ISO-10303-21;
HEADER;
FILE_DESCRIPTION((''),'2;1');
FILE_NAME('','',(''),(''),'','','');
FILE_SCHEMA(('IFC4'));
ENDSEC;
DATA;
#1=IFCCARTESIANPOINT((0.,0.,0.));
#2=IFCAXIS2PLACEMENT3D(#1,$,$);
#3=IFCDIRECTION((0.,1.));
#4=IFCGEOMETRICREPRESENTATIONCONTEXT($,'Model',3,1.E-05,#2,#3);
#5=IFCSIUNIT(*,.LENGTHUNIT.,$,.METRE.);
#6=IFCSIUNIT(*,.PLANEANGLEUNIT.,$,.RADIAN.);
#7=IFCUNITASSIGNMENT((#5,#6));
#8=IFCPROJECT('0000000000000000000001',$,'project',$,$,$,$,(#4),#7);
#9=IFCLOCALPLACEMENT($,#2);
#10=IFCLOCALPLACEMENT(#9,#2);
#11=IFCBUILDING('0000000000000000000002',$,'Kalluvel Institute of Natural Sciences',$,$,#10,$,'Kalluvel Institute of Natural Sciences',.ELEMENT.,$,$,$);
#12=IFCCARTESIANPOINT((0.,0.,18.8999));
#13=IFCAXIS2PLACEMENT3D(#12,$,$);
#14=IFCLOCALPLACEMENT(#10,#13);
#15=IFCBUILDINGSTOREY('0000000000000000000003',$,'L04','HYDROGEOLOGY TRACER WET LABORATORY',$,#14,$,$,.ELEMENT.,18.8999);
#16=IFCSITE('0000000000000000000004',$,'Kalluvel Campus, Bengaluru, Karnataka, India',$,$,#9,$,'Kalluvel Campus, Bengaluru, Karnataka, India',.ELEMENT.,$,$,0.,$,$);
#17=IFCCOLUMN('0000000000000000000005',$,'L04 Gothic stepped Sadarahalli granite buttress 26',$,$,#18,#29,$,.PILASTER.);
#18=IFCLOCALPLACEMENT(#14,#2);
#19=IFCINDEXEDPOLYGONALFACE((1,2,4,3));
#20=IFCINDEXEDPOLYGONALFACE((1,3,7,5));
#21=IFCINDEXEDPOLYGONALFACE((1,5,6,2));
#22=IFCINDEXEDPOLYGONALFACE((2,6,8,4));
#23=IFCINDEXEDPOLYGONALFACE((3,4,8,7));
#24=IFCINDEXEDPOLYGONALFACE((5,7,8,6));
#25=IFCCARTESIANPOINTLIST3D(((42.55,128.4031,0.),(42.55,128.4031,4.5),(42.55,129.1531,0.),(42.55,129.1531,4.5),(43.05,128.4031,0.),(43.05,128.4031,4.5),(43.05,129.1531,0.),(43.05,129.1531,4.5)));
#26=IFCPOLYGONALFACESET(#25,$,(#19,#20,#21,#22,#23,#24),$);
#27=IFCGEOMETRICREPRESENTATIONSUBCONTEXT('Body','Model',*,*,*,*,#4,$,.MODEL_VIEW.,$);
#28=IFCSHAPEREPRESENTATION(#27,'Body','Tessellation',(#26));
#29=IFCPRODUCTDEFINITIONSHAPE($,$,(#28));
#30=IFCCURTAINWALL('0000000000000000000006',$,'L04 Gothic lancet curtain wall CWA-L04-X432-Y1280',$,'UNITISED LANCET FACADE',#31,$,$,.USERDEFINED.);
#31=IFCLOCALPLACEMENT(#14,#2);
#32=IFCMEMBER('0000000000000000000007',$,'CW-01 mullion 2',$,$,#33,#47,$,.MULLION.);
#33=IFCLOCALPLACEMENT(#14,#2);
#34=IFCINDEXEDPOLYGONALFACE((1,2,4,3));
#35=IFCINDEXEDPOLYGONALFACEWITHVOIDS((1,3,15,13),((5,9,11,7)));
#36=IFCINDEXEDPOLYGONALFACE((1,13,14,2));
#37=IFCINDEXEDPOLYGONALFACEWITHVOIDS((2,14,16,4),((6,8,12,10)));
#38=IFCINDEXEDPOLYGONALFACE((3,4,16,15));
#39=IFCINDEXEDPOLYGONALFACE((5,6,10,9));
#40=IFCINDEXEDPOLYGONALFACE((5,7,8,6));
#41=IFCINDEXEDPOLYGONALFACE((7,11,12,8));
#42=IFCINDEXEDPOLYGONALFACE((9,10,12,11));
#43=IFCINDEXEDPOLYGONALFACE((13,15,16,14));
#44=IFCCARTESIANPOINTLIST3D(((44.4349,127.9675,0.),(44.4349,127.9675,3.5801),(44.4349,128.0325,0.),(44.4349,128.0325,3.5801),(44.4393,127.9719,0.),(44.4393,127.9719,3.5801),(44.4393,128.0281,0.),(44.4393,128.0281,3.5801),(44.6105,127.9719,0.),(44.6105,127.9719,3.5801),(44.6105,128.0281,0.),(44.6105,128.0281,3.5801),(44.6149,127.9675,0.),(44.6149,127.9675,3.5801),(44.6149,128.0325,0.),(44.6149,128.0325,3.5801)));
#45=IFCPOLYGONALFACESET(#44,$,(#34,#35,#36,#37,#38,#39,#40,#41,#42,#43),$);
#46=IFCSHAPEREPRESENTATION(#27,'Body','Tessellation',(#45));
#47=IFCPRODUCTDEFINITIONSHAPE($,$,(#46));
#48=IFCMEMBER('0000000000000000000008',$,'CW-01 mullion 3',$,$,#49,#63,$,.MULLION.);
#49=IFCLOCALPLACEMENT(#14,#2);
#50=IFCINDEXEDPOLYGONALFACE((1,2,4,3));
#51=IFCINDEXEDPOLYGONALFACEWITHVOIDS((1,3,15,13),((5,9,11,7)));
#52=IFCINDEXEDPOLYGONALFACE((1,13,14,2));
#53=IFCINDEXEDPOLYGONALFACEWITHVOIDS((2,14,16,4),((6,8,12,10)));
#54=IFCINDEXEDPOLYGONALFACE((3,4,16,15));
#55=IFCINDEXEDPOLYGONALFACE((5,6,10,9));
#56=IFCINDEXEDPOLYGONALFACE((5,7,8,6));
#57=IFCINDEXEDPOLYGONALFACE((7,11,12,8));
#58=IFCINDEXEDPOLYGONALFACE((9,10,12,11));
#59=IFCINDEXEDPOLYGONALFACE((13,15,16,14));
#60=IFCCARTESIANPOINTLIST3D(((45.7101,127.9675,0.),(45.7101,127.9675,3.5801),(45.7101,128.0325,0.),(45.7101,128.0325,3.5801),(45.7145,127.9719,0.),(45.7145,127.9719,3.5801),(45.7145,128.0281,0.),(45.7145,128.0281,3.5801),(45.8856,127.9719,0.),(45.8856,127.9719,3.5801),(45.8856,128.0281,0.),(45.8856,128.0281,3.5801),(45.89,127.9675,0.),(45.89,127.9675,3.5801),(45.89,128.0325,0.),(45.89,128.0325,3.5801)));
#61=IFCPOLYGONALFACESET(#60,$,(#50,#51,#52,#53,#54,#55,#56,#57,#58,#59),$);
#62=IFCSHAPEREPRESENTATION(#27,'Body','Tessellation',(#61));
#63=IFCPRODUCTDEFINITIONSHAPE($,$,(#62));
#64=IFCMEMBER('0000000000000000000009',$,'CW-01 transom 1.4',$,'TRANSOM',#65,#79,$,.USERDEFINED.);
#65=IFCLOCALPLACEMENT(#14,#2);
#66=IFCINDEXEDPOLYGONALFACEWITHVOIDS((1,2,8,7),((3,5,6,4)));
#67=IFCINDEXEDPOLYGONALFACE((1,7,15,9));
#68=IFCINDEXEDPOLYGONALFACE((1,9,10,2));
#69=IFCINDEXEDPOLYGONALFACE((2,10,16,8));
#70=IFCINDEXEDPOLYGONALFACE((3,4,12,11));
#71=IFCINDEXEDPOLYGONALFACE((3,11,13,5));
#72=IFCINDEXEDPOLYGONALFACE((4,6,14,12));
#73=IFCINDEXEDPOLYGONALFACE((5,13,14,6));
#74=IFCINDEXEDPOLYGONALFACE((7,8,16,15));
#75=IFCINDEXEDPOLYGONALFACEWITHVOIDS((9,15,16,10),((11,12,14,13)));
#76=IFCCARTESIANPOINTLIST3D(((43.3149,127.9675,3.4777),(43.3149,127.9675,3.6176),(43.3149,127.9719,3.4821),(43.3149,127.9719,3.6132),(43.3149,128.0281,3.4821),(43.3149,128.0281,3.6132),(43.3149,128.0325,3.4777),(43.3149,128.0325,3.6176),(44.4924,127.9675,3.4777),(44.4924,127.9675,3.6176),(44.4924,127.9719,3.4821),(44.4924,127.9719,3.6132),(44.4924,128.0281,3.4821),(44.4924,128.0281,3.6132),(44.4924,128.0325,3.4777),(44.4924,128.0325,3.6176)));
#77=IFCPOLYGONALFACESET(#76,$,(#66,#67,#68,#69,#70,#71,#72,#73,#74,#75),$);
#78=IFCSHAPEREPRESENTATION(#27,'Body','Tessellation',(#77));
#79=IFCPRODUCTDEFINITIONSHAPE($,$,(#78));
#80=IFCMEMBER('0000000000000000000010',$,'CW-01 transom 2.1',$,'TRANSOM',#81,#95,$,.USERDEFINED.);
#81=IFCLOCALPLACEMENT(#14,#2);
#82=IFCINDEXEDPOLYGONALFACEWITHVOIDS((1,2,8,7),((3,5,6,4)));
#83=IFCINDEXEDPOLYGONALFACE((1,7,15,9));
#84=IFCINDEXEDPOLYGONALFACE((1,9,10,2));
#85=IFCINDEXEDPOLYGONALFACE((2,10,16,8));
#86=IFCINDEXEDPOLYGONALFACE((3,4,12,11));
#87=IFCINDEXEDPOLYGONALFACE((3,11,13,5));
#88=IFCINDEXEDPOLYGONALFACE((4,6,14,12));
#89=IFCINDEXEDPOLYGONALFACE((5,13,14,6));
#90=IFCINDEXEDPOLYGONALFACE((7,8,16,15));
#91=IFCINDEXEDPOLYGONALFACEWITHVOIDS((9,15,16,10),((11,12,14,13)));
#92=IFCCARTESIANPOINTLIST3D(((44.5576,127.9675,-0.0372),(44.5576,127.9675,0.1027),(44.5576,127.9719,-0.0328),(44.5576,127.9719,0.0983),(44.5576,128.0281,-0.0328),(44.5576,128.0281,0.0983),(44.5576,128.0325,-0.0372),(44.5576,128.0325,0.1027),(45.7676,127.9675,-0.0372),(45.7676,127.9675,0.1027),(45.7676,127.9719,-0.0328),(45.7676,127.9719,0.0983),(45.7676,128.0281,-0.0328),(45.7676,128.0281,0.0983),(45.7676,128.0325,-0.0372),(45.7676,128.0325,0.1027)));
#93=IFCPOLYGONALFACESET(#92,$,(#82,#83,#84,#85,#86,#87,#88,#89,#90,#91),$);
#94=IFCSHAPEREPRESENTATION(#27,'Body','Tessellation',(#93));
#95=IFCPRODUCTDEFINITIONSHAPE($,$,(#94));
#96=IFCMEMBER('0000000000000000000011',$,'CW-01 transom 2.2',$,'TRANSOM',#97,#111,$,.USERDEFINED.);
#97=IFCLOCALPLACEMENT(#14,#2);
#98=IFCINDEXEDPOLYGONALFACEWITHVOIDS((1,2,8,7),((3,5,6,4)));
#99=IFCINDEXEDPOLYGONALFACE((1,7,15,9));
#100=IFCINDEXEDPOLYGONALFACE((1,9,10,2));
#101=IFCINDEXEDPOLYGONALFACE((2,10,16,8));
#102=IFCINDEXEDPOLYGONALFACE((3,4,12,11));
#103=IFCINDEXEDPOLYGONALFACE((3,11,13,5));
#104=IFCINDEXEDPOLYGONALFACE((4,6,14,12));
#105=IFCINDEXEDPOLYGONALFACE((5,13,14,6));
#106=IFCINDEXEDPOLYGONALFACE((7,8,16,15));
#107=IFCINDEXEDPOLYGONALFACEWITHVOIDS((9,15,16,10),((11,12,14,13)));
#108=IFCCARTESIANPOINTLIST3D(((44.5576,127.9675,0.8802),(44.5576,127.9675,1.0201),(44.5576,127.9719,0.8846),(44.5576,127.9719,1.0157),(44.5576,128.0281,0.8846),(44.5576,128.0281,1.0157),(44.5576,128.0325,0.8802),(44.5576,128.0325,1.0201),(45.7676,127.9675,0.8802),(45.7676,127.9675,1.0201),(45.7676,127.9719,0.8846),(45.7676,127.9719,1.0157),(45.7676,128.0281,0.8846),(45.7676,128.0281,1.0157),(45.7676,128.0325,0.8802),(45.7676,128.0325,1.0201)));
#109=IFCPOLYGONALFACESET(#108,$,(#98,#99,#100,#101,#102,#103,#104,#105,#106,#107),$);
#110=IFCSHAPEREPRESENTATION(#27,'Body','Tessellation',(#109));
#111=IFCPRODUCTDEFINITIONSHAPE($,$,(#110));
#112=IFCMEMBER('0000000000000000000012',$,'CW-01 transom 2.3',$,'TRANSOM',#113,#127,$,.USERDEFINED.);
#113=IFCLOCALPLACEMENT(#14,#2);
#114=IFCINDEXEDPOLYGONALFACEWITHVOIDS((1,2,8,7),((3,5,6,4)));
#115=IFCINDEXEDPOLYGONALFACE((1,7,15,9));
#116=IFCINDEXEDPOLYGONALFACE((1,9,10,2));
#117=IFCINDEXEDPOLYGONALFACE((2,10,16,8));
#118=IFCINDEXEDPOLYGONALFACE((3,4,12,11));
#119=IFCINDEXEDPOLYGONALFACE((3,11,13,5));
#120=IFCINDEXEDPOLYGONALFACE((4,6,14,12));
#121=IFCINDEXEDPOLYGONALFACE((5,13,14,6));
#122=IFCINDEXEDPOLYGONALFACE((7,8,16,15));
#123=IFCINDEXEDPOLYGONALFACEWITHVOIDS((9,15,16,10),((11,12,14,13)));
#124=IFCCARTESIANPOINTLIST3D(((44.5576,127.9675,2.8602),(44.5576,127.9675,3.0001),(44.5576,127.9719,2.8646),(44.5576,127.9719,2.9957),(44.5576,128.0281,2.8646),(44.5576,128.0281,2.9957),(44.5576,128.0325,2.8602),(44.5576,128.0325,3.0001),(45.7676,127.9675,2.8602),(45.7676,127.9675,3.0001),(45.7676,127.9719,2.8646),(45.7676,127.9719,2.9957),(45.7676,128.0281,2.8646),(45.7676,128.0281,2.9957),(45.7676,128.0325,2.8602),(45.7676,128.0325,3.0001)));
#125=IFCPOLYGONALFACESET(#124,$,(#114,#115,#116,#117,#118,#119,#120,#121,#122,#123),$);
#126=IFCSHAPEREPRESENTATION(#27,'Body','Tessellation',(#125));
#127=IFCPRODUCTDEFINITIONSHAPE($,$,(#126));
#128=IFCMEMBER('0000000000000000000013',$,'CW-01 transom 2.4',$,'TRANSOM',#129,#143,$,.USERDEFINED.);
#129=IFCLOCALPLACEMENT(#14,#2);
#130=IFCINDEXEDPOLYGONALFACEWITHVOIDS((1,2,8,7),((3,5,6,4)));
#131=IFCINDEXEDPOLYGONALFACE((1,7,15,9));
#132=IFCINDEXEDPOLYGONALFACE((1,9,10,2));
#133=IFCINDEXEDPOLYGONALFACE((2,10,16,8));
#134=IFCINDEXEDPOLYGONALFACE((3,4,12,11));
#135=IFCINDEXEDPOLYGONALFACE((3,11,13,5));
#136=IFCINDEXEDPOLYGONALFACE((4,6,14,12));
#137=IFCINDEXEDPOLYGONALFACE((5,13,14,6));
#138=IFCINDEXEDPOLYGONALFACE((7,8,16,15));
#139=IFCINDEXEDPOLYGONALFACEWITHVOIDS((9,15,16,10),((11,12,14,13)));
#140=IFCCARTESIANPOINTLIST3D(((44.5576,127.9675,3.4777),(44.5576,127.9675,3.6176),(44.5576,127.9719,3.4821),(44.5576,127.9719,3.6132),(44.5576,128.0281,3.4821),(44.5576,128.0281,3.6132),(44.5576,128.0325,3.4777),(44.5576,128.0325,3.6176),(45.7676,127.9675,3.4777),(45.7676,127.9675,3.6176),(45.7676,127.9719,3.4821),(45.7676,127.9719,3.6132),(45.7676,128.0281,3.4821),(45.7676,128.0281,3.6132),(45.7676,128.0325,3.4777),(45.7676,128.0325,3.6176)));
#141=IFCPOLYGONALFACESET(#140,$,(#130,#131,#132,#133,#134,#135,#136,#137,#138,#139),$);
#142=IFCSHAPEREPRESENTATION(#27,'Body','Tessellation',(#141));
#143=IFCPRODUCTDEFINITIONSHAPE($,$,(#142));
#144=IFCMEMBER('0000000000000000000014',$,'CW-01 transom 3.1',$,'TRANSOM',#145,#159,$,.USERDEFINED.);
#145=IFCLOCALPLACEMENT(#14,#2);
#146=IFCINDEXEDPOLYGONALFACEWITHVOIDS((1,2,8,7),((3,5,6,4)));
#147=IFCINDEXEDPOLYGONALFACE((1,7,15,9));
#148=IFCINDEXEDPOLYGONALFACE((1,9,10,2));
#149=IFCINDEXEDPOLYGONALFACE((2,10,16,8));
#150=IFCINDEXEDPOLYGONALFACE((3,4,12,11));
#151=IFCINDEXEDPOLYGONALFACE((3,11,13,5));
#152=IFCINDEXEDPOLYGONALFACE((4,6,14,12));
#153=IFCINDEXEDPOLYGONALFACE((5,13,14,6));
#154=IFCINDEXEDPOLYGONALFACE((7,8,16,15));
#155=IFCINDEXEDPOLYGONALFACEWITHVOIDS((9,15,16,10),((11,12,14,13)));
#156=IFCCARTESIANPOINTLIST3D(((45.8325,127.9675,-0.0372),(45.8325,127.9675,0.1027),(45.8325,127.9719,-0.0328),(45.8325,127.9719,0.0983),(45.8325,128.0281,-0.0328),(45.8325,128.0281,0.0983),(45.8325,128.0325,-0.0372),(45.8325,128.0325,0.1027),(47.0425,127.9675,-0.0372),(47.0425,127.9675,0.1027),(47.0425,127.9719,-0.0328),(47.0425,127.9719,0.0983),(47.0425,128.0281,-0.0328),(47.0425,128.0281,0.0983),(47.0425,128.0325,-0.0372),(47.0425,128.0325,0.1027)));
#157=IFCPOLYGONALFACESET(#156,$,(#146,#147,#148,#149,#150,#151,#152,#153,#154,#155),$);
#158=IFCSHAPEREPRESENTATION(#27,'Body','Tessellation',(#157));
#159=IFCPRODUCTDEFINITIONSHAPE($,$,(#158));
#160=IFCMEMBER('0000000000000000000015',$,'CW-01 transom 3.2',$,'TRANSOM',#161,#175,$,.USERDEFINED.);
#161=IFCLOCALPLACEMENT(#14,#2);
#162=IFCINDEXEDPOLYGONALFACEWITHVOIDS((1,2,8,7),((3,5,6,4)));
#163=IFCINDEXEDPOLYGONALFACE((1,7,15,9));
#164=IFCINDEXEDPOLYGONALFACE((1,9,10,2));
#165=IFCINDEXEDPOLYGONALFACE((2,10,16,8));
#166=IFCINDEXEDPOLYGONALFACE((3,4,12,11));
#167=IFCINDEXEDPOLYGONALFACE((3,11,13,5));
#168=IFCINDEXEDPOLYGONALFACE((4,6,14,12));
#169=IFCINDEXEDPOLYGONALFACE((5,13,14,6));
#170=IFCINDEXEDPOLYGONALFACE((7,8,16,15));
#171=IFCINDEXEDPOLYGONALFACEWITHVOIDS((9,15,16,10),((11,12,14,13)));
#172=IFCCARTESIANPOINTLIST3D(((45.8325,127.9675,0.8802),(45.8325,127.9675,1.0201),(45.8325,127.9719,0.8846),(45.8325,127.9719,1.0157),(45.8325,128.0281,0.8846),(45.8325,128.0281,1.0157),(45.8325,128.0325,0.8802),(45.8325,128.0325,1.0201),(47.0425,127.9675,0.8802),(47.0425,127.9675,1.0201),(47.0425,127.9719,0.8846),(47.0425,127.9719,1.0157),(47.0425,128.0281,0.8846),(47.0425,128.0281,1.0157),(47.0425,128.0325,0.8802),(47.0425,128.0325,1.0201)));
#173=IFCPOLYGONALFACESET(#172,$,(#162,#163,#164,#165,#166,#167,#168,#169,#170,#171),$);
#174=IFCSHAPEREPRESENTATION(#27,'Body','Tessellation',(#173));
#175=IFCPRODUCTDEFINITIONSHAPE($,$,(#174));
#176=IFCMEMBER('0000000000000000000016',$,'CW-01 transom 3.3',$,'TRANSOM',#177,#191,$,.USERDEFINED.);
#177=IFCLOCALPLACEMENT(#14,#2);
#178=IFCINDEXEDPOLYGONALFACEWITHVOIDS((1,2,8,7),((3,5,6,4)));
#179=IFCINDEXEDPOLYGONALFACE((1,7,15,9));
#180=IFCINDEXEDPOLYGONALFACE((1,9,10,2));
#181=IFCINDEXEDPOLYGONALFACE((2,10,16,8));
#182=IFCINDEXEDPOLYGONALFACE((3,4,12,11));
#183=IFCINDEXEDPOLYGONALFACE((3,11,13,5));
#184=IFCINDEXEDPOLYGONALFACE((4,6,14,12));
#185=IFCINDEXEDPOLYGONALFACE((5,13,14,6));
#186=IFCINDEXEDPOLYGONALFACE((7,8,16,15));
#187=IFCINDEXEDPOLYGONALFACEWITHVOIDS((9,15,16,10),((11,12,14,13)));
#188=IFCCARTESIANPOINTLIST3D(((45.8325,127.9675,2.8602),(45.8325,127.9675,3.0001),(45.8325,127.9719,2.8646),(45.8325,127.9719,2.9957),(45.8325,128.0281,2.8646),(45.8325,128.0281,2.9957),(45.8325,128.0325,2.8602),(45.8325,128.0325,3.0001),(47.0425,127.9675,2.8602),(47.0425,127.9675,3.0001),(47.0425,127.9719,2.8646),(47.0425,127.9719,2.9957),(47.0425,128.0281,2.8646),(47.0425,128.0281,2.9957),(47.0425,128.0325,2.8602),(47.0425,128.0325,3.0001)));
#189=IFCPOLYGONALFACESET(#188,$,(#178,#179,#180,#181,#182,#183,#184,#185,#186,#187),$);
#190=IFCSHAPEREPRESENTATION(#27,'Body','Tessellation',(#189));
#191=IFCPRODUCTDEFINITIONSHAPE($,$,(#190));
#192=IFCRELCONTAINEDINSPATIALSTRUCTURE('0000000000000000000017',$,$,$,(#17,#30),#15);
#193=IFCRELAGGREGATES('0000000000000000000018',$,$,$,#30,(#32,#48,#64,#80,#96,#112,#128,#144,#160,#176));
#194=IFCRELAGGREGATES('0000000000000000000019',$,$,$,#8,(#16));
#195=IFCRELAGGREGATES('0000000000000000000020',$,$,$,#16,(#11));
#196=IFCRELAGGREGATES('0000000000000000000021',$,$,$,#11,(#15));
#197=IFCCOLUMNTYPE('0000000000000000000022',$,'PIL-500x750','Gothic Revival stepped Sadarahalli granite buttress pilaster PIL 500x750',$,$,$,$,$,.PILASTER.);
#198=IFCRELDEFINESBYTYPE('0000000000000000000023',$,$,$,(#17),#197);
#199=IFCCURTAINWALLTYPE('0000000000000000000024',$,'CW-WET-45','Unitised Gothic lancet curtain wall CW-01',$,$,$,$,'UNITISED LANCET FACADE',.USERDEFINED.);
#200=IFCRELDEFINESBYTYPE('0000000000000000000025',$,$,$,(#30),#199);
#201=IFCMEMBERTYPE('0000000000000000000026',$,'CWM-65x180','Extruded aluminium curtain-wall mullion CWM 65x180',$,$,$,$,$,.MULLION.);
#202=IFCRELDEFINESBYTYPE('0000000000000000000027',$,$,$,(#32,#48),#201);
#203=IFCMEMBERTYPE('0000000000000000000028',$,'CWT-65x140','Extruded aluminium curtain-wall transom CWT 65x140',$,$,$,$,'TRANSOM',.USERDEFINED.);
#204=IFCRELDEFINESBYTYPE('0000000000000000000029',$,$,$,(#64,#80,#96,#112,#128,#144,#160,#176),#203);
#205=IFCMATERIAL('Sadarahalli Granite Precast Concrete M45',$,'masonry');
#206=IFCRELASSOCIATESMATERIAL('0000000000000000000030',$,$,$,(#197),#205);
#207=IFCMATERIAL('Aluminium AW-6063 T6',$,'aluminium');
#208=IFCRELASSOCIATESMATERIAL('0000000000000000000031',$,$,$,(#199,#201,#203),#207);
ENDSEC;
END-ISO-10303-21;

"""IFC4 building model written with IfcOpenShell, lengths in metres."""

from ifc_helpers import new_model, si_unit, direction, frame, origin, origin_2d, place, context, subcontext, project, spatial, rectangle, hollow_rectangle, extrude, material, material_profile, profile_set, type_object, element, aggregate, save


model = new_model("IFC4")

# Units and contexts
model_context = context("Model", 3, precision=1e-05, world=origin(), true_north=direction((0.0, 1.0)))
body_context = subcontext(model_context, "Body", "Model", "MODEL_VIEW")
ifc_project = project(units=[si_unit("LENGTHUNIT", "METRE"), si_unit("PLANEANGLEUNIT", "RADIAN")], contexts=[model_context])

# Site, building, storey
site_placement = place(None, origin())
site = spatial("IfcSite", under=ifc_project, at=site_placement, Name="Kalluvel Campus, Bengaluru, Karnataka, India", LongName="Kalluvel Campus, Bengaluru, Karnataka, India", CompositionType="ELEMENT", RefElevation=0.0)
building_placement = place(site_placement, origin())
building = spatial("IfcBuilding", under=site, at=building_placement, Name="Kalluvel Institute of Natural Sciences", LongName="Kalluvel Institute of Natural Sciences", CompositionType="ELEMENT")
storey_placement = place(building_placement, frame((0.0, 0.0, 18.8999)))
storey = spatial("IfcBuildingStorey", under=building, at=storey_placement, Name="L04", Description="HYDROGEOLOGY TRACER WET LABORATORY", CompositionType="ELEMENT", Elevation=18.8999)

# Column
ifc_material_1 = material(Name="Sadarahalli Granite Precast Concrete M45", Category="masonry")
ifc_material_profile_1 = material_profile(ifc_material_1, rectangle(XDim=0.5, YDim=0.75, at=origin_2d()), Name="PIL 500x750")
ifc_profile_set_1 = profile_set([ifc_material_profile_1], Name="Sadarahalli Granite Precast Concrete M45")
column_type = type_object("IfcColumnType", Name="PIL-500x750", Description="Gothic Revival stepped Sadarahalli granite buttress pilaster PIL 500x750", PredefinedType="PILASTER", material=ifc_profile_set_1)
column_placement = place(storey_placement, frame((42.8, 128.7781, 0.0), z_axis=(0.0, 0.0, 1.0), x_axis=(1.0, 0.0, 0.0)))
element("IfcColumn", 1, at=column_placement, inside=storey, type_object=column_type, Name="L04 Gothic stepped Sadarahalli granite buttress 26", PredefinedType="PILASTER", context=body_context, shape_type="SweptSolid", body=[
    extrude(rectangle(XDim=0.5, YDim=0.75, at=origin_2d()), origin(), (0.0, 0.0, 1.0), 4.5),
])

# Curtain wall, members
ifc_material_2 = material(Name="Aluminium AW-6063 T6", Category="aluminium")
curtain_wall_type = type_object("IfcCurtainWallType", Name="CW-WET-45", Description="Unitised Gothic lancet curtain wall CW-01", ElementType="UNITISED LANCET FACADE", PredefinedType="USERDEFINED", material=ifc_material_2)
curtain_wall_placement = place(storey_placement, origin())
curtain_wall = element("IfcCurtainWall", 2, at=curtain_wall_placement, inside=storey, type_object=curtain_wall_type, Name="L04 Gothic lancet curtain wall CWA-L04-X432-Y1280", ObjectType="UNITISED LANCET FACADE", PredefinedType="USERDEFINED")
ifc_material_profile_2 = material_profile(ifc_material_2, hollow_rectangle(XDim=0.0649, YDim=0.1799, WallThickness=0.0044, at=origin_2d()), Name="CWM 65x180")
ifc_profile_set_2 = profile_set([ifc_material_profile_2], Name="Aluminium AW-6063 T6")
member_type_1 = type_object("IfcMemberType", Name="CWM-65x180", Description="Extruded aluminium curtain-wall mullion CWM 65x180", PredefinedType="MULLION", material=ifc_profile_set_2)
member_1_placement = place(storey_placement, frame((44.5249, 128.0, 0.0), z_axis=(0.0, 0.0, 1.0), x_axis=(0.0, 1.0, 0.0)))
member_1 = element("IfcMember", 3, at=member_1_placement, type_object=member_type_1, Name="CW-01 mullion 2", PredefinedType="MULLION", context=body_context, shape_type="SweptSolid", body=[
    extrude(hollow_rectangle(XDim=0.0649, YDim=0.1799, WallThickness=0.0044, at=origin_2d()), origin(), (0.0, 0.0, 1.0), 3.5801),
])
member_2_placement = place(storey_placement, frame((45.8, 128.0, 0.0), z_axis=(0.0, 0.0, 1.0), x_axis=(0.0, 1.0, 0.0)))
member_2 = element("IfcMember", 4, at=member_2_placement, type_object=member_type_1, Name="CW-01 mullion 3", PredefinedType="MULLION", context=body_context, shape_type="SweptSolid", body=[
    extrude(hollow_rectangle(XDim=0.0649, YDim=0.1799, WallThickness=0.0044, at=origin_2d()), origin(), (0.0, 0.0, 1.0), 3.5801),
])
ifc_material_profile_3 = material_profile(ifc_material_2, hollow_rectangle(XDim=0.0649, YDim=0.1399, WallThickness=0.0044, at=origin_2d()), Name="CWT 65x140")
ifc_profile_set_3 = profile_set([ifc_material_profile_3], Name="Aluminium AW-6063 T6")
member_type_2 = type_object("IfcMemberType", Name="CWT-65x140", Description="Extruded aluminium curtain-wall transom CWT 65x140", ElementType="TRANSOM", PredefinedType="USERDEFINED", material=ifc_profile_set_3)
member_3_placement = place(storey_placement, frame((43.3149, 128.0, 3.5476), z_axis=(1.0, 0.0, 0.0), x_axis=(0.0, 1.0, 0.0)))
member_3 = element("IfcMember", 5, at=member_3_placement, type_object=member_type_2, Name="CW-01 transom 1.4", ObjectType="TRANSOM", PredefinedType="USERDEFINED", context=body_context, shape_type="SweptSolid", body=[
    extrude(hollow_rectangle(XDim=0.0649, YDim=0.1399, WallThickness=0.0044, at=origin_2d()), origin(), (0.0, 0.0, 1.0), 1.1775),
])
member_4_placement = place(storey_placement, frame((44.5576, 128.0, 0.0327), z_axis=(1.0, 0.0, 0.0), x_axis=(0.0, 1.0, 0.0)))
member_4 = element("IfcMember", 6, at=member_4_placement, type_object=member_type_2, Name="CW-01 transom 2.1", ObjectType="TRANSOM", PredefinedType="USERDEFINED", context=body_context, shape_type="SweptSolid", body=[
    extrude(hollow_rectangle(XDim=0.0649, YDim=0.1399, WallThickness=0.0044, at=origin_2d()), origin(), (0.0, 0.0, 1.0), 1.21),
])
member_5_placement = place(storey_placement, frame((44.5576, 128.0, 0.9502), z_axis=(1.0, 0.0, 0.0), x_axis=(0.0, 1.0, 0.0)))
member_5 = element("IfcMember", 7, at=member_5_placement, type_object=member_type_2, Name="CW-01 transom 2.2", ObjectType="TRANSOM", PredefinedType="USERDEFINED", context=body_context, shape_type="SweptSolid", body=[
    extrude(hollow_rectangle(XDim=0.0649, YDim=0.1399, WallThickness=0.0044, at=origin_2d()), origin(), (0.0, 0.0, 1.0), 1.21),
])
member_6_placement = place(storey_placement, frame((44.5576, 128.0, 2.9302), z_axis=(1.0, 0.0, 0.0), x_axis=(0.0, 1.0, 0.0)))
member_6 = element("IfcMember", 8, at=member_6_placement, type_object=member_type_2, Name="CW-01 transom 2.3", ObjectType="TRANSOM", PredefinedType="USERDEFINED", context=body_context, shape_type="SweptSolid", body=[
    extrude(hollow_rectangle(XDim=0.0649, YDim=0.1399, WallThickness=0.0044, at=origin_2d()), origin(), (0.0, 0.0, 1.0), 1.21),
])
member_7_placement = place(storey_placement, frame((44.5576, 128.0, 3.5476), z_axis=(1.0, 0.0, 0.0), x_axis=(0.0, 1.0, 0.0)))
member_7 = element("IfcMember", 9, at=member_7_placement, type_object=member_type_2, Name="CW-01 transom 2.4", ObjectType="TRANSOM", PredefinedType="USERDEFINED", context=body_context, shape_type="SweptSolid", body=[
    extrude(hollow_rectangle(XDim=0.0649, YDim=0.1399, WallThickness=0.0044, at=origin_2d()), origin(), (0.0, 0.0, 1.0), 1.21),
])
member_8_placement = place(storey_placement, frame((45.8325, 128.0, 0.0327), z_axis=(1.0, 0.0, 0.0), x_axis=(0.0, 1.0, 0.0)))
member_8 = element("IfcMember", 10, at=member_8_placement, type_object=member_type_2, Name="CW-01 transom 3.1", ObjectType="TRANSOM", PredefinedType="USERDEFINED", context=body_context, shape_type="SweptSolid", body=[
    extrude(hollow_rectangle(XDim=0.0649, YDim=0.1399, WallThickness=0.0044, at=origin_2d()), origin(), (0.0, 0.0, 1.0), 1.21),
])
member_9_placement = place(storey_placement, frame((45.8325, 128.0, 0.9502), z_axis=(1.0, 0.0, 0.0), x_axis=(0.0, 1.0, 0.0)))
member_9 = element("IfcMember", 11, at=member_9_placement, type_object=member_type_2, Name="CW-01 transom 3.2", ObjectType="TRANSOM", PredefinedType="USERDEFINED", context=body_context, shape_type="SweptSolid", body=[
    extrude(hollow_rectangle(XDim=0.0649, YDim=0.1399, WallThickness=0.0044, at=origin_2d()), origin(), (0.0, 0.0, 1.0), 1.21),
])
member_10_placement = place(storey_placement, frame((45.8325, 128.0, 2.9302), z_axis=(1.0, 0.0, 0.0), x_axis=(0.0, 1.0, 0.0)))
member_10 = element("IfcMember", 12, at=member_10_placement, type_object=member_type_2, Name="CW-01 transom 3.3", ObjectType="TRANSOM", PredefinedType="USERDEFINED", context=body_context, shape_type="SweptSolid", body=[
    extrude(hollow_rectangle(XDim=0.0649, YDim=0.1399, WallThickness=0.0044, at=origin_2d()), origin(), (0.0, 0.0, 1.0), 1.21),
])
aggregate(curtain_wall, [member_1, member_2, member_3, member_4, member_5, member_6, member_7, member_8, member_9, member_10])

save(model, "model.ifc")
